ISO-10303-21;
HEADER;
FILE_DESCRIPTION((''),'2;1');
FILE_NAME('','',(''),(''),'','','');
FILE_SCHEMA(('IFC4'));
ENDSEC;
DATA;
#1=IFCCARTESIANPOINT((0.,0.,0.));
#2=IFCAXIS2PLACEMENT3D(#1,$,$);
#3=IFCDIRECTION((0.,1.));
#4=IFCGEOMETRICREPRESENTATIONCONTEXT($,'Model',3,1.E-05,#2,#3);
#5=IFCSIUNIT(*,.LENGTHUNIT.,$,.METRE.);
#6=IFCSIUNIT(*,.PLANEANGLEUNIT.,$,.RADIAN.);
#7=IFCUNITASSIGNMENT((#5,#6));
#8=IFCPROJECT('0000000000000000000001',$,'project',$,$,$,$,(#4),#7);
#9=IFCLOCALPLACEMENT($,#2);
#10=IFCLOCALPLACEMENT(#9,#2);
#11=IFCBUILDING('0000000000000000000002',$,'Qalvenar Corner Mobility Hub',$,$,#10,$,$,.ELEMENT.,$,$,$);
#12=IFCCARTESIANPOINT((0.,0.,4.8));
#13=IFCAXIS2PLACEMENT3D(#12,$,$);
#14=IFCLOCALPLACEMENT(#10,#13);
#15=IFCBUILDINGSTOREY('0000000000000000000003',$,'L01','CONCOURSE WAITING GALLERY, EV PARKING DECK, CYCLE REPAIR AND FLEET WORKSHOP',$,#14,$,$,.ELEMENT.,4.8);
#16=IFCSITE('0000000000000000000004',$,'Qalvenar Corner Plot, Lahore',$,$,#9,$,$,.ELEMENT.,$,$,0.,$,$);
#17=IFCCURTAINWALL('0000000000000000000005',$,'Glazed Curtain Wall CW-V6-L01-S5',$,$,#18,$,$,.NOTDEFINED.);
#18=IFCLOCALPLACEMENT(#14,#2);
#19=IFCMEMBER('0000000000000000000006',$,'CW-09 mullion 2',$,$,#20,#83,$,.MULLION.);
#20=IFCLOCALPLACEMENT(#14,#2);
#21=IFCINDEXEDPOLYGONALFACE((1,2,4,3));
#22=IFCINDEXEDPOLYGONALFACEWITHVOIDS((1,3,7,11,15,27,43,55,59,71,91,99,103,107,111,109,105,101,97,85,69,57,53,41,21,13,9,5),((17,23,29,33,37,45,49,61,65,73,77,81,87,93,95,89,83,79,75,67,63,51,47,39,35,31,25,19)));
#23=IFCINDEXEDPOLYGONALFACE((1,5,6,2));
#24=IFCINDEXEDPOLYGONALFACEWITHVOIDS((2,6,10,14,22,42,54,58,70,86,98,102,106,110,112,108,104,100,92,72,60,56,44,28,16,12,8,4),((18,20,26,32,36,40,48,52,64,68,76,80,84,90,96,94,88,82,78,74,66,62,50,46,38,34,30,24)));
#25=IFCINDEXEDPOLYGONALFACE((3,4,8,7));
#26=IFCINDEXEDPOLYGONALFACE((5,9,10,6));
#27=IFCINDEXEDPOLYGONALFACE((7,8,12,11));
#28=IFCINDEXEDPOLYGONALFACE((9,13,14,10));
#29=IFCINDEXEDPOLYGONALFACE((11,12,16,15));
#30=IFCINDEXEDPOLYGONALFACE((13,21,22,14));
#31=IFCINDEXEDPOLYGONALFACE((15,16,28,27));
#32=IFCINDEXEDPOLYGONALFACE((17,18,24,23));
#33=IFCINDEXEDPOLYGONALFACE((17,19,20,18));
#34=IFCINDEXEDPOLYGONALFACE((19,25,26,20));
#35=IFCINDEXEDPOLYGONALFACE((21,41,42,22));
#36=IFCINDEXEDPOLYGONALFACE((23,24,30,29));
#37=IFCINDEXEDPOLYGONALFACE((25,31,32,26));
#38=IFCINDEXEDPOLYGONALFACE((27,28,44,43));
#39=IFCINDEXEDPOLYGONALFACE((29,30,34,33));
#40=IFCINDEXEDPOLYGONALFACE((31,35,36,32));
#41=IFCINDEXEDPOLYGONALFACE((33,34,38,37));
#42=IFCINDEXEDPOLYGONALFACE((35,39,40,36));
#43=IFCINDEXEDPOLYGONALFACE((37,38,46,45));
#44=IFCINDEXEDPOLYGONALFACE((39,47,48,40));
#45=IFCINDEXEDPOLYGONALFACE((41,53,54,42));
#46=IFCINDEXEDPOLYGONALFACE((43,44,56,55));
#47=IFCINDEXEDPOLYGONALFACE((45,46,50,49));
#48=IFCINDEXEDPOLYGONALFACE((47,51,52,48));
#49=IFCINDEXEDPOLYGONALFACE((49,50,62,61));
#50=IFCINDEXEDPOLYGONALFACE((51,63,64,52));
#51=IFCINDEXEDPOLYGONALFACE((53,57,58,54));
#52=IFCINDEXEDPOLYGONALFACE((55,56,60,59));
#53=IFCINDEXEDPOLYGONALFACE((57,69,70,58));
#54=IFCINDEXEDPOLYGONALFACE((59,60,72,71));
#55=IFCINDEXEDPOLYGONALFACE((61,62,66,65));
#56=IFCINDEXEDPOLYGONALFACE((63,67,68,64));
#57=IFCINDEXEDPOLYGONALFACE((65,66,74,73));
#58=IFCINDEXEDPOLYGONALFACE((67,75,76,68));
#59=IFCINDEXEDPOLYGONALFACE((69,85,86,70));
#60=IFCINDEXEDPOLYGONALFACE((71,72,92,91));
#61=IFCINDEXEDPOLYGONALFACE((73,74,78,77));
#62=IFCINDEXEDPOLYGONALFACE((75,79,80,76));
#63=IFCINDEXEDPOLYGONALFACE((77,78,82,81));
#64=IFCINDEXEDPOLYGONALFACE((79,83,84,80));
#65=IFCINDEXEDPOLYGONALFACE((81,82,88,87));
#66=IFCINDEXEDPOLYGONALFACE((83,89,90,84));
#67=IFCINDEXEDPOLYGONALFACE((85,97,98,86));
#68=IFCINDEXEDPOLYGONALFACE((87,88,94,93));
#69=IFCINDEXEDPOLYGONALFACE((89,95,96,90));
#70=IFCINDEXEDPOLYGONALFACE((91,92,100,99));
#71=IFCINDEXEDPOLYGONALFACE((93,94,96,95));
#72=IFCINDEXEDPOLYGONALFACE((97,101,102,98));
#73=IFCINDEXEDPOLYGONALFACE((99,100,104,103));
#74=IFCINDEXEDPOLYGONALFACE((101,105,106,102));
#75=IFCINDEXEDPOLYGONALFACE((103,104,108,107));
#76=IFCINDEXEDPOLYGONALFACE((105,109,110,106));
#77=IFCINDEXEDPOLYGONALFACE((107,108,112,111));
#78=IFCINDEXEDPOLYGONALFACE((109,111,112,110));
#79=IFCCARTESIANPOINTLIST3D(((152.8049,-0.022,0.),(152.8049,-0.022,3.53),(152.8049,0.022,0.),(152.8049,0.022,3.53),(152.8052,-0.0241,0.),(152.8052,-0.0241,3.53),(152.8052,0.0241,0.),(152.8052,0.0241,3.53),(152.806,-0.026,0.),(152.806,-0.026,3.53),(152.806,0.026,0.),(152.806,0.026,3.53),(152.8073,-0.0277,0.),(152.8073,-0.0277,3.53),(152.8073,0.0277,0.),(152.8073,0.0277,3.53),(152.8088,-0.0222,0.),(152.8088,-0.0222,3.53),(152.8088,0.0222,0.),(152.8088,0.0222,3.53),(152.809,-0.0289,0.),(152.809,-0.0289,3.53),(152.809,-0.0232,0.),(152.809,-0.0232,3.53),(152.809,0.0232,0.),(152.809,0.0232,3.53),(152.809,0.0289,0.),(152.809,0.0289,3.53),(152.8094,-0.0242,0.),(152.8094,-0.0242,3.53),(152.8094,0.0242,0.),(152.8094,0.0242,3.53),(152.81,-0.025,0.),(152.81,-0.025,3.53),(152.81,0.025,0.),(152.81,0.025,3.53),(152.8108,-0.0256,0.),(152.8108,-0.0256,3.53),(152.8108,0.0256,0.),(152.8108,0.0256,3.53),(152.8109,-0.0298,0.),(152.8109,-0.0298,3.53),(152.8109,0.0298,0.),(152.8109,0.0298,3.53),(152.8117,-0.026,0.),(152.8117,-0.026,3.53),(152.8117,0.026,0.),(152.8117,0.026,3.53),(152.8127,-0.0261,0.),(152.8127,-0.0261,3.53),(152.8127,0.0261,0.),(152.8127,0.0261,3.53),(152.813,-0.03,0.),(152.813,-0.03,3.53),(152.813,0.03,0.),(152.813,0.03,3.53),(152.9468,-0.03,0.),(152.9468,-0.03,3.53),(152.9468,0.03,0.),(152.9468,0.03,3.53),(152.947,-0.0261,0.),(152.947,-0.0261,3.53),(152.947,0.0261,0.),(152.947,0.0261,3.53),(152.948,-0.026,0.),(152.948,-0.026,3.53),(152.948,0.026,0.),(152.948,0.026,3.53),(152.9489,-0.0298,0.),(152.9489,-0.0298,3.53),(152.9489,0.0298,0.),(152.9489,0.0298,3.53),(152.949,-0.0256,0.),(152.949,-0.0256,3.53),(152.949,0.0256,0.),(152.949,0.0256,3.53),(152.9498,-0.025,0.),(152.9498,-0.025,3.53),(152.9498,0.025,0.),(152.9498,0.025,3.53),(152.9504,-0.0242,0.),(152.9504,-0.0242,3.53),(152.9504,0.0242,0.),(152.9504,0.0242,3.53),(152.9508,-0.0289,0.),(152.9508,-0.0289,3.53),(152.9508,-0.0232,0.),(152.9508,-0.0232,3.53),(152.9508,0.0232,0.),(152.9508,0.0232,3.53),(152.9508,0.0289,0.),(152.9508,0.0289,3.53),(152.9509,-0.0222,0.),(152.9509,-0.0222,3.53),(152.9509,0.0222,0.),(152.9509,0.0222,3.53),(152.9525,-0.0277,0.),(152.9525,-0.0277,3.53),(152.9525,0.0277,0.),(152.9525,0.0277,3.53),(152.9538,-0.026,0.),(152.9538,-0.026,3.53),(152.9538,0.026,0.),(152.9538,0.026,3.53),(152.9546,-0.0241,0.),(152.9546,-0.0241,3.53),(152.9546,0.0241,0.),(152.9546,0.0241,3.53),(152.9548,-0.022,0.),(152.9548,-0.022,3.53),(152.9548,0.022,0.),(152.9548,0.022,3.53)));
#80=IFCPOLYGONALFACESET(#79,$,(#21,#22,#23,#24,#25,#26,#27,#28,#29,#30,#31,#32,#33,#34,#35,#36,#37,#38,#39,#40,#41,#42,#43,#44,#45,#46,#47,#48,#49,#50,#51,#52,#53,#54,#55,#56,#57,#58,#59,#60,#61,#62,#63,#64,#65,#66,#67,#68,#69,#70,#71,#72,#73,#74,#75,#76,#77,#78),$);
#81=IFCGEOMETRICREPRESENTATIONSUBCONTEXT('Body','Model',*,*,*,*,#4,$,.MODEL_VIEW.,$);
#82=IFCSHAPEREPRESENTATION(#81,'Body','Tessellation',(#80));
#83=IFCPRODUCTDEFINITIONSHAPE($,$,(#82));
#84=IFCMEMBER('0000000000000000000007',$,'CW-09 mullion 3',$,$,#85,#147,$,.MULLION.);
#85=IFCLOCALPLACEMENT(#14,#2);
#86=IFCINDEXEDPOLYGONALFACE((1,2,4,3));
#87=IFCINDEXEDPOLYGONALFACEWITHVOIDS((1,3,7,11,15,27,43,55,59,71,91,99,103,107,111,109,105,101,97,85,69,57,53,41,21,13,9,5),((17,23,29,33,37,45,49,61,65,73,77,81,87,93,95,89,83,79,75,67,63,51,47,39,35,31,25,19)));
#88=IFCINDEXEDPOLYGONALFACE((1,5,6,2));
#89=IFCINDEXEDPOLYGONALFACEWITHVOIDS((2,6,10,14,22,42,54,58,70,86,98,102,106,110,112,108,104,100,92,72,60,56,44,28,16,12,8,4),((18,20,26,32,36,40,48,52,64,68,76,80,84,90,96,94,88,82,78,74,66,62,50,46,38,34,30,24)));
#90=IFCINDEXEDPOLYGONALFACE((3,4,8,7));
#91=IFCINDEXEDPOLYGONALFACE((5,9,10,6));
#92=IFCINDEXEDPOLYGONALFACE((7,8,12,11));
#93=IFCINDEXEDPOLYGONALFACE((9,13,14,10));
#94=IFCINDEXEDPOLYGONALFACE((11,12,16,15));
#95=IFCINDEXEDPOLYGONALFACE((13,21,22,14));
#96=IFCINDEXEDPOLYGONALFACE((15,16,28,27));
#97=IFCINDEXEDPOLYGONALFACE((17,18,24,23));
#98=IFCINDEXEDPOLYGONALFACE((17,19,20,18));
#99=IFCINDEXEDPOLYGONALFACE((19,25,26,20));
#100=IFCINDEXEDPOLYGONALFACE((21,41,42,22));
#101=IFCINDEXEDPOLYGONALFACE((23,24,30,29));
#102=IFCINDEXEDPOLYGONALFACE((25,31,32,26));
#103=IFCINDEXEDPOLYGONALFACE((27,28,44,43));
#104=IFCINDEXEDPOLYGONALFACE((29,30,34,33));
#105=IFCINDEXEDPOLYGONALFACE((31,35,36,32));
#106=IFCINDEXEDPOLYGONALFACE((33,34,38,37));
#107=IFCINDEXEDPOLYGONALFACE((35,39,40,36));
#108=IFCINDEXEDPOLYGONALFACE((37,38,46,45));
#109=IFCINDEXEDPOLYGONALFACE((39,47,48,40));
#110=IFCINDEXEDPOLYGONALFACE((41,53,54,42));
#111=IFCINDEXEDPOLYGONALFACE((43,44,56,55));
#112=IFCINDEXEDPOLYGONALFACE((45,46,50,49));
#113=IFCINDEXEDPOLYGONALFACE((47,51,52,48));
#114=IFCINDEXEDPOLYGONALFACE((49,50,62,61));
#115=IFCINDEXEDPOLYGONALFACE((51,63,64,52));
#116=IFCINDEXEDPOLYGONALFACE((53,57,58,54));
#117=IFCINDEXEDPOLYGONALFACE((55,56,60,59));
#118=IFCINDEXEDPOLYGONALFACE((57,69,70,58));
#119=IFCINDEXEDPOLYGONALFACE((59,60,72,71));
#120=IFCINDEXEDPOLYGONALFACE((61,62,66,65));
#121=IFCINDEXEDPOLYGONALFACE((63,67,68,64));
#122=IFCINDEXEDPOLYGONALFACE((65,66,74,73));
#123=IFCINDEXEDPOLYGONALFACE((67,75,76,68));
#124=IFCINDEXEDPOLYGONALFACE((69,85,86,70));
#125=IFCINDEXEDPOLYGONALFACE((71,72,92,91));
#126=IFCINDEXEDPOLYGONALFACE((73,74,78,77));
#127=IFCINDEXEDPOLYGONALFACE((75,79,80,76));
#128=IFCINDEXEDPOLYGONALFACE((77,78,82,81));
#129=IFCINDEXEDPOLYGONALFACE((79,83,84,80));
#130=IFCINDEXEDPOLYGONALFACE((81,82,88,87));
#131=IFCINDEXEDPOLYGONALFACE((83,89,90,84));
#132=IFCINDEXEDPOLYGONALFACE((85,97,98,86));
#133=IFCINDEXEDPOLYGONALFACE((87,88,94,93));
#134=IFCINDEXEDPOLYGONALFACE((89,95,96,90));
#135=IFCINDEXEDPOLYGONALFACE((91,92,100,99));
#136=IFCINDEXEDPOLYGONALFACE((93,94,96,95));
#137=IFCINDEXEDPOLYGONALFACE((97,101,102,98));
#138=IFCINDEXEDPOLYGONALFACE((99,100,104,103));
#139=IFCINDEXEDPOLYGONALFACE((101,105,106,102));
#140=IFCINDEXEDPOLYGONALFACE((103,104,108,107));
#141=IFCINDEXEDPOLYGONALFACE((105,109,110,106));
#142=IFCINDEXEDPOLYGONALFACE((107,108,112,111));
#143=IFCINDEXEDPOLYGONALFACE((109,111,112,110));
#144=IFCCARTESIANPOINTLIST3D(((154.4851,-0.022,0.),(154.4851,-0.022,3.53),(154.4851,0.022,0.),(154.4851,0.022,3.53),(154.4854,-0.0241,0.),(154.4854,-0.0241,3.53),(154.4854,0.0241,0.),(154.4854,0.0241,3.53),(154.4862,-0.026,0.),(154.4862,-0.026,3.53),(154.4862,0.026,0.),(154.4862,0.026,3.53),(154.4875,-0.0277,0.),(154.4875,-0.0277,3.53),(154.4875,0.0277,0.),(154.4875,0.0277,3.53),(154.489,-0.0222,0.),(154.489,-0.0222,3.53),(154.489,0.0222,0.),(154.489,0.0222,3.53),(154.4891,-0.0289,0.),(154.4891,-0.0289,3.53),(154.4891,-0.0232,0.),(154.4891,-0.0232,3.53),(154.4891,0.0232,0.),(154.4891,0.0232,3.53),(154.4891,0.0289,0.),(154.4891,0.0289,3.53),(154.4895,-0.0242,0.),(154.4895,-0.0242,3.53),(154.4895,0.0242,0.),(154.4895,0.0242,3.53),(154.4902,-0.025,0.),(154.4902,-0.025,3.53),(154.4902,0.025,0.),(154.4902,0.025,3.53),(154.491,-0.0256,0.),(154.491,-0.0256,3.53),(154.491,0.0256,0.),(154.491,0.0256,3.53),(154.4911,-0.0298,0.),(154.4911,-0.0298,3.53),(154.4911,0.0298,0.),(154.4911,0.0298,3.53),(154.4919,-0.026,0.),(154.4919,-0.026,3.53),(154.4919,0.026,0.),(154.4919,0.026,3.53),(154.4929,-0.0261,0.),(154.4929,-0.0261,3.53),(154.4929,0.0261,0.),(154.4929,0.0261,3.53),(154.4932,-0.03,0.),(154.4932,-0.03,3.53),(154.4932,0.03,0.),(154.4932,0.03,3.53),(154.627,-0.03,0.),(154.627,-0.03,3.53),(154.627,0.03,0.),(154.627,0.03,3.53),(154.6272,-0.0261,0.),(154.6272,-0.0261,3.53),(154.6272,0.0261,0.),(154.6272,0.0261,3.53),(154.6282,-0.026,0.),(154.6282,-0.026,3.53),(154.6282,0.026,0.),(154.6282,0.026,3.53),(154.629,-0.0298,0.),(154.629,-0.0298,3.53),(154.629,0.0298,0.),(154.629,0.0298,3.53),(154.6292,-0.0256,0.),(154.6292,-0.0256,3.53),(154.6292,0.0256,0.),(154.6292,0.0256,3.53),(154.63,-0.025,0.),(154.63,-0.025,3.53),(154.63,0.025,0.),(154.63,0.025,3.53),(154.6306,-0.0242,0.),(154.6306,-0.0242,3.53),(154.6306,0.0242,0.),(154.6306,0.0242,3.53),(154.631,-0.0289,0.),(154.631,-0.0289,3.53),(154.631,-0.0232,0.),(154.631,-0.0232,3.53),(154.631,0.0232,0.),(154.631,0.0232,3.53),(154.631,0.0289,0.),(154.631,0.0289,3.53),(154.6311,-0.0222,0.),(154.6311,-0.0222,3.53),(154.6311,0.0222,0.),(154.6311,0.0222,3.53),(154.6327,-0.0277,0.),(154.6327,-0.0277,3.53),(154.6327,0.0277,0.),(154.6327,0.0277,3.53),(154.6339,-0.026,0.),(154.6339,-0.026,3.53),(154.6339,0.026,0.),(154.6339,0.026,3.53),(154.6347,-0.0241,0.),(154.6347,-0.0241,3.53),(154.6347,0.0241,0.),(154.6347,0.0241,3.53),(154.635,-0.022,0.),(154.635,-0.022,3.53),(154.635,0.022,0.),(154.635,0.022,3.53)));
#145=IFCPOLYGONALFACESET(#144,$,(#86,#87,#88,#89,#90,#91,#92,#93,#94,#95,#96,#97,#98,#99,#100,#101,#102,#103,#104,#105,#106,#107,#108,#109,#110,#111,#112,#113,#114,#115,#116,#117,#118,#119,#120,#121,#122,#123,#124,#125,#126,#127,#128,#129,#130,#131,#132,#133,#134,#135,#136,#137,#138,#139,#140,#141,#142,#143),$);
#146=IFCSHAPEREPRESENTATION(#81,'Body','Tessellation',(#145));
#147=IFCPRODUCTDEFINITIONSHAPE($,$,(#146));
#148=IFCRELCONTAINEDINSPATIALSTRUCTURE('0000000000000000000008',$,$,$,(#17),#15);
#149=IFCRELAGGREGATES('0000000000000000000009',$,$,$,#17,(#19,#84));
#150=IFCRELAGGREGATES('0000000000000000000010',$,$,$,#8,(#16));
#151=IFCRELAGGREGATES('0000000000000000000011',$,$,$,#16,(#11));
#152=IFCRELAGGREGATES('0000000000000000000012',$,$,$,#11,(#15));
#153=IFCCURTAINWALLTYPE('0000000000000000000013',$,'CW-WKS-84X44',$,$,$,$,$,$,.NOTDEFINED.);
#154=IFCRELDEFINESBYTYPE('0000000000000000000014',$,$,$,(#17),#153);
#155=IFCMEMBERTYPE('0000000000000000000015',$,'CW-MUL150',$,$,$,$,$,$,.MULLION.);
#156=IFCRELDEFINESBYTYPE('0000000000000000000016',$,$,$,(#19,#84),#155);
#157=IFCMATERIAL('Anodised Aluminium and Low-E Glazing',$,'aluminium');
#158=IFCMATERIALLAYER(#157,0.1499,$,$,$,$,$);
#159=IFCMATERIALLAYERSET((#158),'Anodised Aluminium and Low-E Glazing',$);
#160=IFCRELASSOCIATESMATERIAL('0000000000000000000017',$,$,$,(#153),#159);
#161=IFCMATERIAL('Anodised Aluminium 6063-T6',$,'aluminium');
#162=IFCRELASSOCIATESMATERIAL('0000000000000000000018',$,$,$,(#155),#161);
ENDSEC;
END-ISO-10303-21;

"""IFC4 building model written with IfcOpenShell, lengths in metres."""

from ifc_helpers import new_model, si_unit, direction, frame, origin, origin_2d, place, context, subcontext, project, spatial, hollow_rectangle, extrude, material, layer, layer_set, material_profile, profile_set, type_object, element, aggregate, save


model = new_model("IFC4")

# Units and contexts
model_context = context("Model", 3, precision=1e-05, world=origin(), true_north=direction((0.0, 1.0)))
body_context = subcontext(model_context, "Body", "Model", "MODEL_VIEW")
ifc_project = project(units=[si_unit("LENGTHUNIT", "METRE"), si_unit("PLANEANGLEUNIT", "RADIAN")], contexts=[model_context])

# Site, building, storey
site_placement = place(None, origin())
site = spatial("IfcSite", under=ifc_project, at=site_placement, Name="Qalvenar Corner Plot, Lahore", CompositionType="ELEMENT", RefElevation=0.0)
building_placement = place(site_placement, origin())
building = spatial("IfcBuilding", under=site, at=building_placement, Name="Qalvenar Corner Mobility Hub", CompositionType="ELEMENT")
storey_placement = place(building_placement, frame((0.0, 0.0, 4.8)))
storey = spatial("IfcBuildingStorey", under=building, at=storey_placement, Name="L01", Description="CONCOURSE WAITING GALLERY, EV PARKING DECK, CYCLE REPAIR AND FLEET WORKSHOP", CompositionType="ELEMENT", Elevation=4.8)

# Curtain wall, members
ifc_material_1 = material(Name="Anodised Aluminium and Low-E Glazing", Category="aluminium")
ifc_layer_1 = layer(ifc_material_1, 0.1499)
ifc_layer_set_1 = layer_set([ifc_layer_1], Name="Anodised Aluminium and Low-E Glazing")
curtain_wall_type = type_object("IfcCurtainWallType", Name="CW-WKS-84X44", PredefinedType="NOTDEFINED", material=ifc_layer_set_1)
curtain_wall_placement = place(storey_placement, origin())
curtain_wall = element("IfcCurtainWall", 1, at=curtain_wall_placement, inside=storey, type_object=curtain_wall_type, Name="Glazed Curtain Wall CW-V6-L01-S5", PredefinedType="NOTDEFINED")
ifc_material_2 = material(Name="Anodised Aluminium 6063-T6", Category="aluminium")
ifc_material_profile_1 = material_profile(ifc_material_2, hollow_rectangle(XDim=0.0601, YDim=0.1499, WallThickness=0.0039, InnerFilletRadius=0.0039, OuterFilletRadius=0.0081, at=origin_2d()), Name="RHS150x60x4")
ifc_profile_set_1 = profile_set([ifc_material_profile_1], Name="Anodised Aluminium 6063-T6")
member_type_1 = type_object("IfcMemberType", Name="CW-MUL150", PredefinedType="MULLION", material=ifc_profile_set_1)
member_1_placement = place(storey_placement, frame((152.8799, 0.0, 0.0), z_axis=(0.0, 0.0, 1.0), x_axis=(0.0, 1.0, 0.0)))
member_1 = element("IfcMember", 2, at=member_1_placement, type_object=member_type_1, Name="CW-09 mullion 2", PredefinedType="MULLION", context=body_context, shape_type="SweptSolid", body=[
    extrude(hollow_rectangle(XDim=0.0601, YDim=0.1499, WallThickness=0.0039, InnerFilletRadius=0.0039, OuterFilletRadius=0.0081, at=origin_2d()), origin(), (0.0, 0.0, 1.0), 3.53),
])
member_2_placement = place(storey_placement, frame((154.5601, 0.0, 0.0), z_axis=(0.0, 0.0, 1.0), x_axis=(0.0, 1.0, 0.0)))
member_2 = element("IfcMember", 3, at=member_2_placement, type_object=member_type_1, Name="CW-09 mullion 3", PredefinedType="MULLION", context=body_context, shape_type="SweptSolid", body=[
    extrude(hollow_rectangle(XDim=0.0601, YDim=0.1499, WallThickness=0.0039, InnerFilletRadius=0.0039, OuterFilletRadius=0.0081, at=origin_2d()), origin(), (0.0, 0.0, 1.0), 3.53),
])
aggregate(curtain_wall, [member_1, member_2])

save(model, "model.ifc")
